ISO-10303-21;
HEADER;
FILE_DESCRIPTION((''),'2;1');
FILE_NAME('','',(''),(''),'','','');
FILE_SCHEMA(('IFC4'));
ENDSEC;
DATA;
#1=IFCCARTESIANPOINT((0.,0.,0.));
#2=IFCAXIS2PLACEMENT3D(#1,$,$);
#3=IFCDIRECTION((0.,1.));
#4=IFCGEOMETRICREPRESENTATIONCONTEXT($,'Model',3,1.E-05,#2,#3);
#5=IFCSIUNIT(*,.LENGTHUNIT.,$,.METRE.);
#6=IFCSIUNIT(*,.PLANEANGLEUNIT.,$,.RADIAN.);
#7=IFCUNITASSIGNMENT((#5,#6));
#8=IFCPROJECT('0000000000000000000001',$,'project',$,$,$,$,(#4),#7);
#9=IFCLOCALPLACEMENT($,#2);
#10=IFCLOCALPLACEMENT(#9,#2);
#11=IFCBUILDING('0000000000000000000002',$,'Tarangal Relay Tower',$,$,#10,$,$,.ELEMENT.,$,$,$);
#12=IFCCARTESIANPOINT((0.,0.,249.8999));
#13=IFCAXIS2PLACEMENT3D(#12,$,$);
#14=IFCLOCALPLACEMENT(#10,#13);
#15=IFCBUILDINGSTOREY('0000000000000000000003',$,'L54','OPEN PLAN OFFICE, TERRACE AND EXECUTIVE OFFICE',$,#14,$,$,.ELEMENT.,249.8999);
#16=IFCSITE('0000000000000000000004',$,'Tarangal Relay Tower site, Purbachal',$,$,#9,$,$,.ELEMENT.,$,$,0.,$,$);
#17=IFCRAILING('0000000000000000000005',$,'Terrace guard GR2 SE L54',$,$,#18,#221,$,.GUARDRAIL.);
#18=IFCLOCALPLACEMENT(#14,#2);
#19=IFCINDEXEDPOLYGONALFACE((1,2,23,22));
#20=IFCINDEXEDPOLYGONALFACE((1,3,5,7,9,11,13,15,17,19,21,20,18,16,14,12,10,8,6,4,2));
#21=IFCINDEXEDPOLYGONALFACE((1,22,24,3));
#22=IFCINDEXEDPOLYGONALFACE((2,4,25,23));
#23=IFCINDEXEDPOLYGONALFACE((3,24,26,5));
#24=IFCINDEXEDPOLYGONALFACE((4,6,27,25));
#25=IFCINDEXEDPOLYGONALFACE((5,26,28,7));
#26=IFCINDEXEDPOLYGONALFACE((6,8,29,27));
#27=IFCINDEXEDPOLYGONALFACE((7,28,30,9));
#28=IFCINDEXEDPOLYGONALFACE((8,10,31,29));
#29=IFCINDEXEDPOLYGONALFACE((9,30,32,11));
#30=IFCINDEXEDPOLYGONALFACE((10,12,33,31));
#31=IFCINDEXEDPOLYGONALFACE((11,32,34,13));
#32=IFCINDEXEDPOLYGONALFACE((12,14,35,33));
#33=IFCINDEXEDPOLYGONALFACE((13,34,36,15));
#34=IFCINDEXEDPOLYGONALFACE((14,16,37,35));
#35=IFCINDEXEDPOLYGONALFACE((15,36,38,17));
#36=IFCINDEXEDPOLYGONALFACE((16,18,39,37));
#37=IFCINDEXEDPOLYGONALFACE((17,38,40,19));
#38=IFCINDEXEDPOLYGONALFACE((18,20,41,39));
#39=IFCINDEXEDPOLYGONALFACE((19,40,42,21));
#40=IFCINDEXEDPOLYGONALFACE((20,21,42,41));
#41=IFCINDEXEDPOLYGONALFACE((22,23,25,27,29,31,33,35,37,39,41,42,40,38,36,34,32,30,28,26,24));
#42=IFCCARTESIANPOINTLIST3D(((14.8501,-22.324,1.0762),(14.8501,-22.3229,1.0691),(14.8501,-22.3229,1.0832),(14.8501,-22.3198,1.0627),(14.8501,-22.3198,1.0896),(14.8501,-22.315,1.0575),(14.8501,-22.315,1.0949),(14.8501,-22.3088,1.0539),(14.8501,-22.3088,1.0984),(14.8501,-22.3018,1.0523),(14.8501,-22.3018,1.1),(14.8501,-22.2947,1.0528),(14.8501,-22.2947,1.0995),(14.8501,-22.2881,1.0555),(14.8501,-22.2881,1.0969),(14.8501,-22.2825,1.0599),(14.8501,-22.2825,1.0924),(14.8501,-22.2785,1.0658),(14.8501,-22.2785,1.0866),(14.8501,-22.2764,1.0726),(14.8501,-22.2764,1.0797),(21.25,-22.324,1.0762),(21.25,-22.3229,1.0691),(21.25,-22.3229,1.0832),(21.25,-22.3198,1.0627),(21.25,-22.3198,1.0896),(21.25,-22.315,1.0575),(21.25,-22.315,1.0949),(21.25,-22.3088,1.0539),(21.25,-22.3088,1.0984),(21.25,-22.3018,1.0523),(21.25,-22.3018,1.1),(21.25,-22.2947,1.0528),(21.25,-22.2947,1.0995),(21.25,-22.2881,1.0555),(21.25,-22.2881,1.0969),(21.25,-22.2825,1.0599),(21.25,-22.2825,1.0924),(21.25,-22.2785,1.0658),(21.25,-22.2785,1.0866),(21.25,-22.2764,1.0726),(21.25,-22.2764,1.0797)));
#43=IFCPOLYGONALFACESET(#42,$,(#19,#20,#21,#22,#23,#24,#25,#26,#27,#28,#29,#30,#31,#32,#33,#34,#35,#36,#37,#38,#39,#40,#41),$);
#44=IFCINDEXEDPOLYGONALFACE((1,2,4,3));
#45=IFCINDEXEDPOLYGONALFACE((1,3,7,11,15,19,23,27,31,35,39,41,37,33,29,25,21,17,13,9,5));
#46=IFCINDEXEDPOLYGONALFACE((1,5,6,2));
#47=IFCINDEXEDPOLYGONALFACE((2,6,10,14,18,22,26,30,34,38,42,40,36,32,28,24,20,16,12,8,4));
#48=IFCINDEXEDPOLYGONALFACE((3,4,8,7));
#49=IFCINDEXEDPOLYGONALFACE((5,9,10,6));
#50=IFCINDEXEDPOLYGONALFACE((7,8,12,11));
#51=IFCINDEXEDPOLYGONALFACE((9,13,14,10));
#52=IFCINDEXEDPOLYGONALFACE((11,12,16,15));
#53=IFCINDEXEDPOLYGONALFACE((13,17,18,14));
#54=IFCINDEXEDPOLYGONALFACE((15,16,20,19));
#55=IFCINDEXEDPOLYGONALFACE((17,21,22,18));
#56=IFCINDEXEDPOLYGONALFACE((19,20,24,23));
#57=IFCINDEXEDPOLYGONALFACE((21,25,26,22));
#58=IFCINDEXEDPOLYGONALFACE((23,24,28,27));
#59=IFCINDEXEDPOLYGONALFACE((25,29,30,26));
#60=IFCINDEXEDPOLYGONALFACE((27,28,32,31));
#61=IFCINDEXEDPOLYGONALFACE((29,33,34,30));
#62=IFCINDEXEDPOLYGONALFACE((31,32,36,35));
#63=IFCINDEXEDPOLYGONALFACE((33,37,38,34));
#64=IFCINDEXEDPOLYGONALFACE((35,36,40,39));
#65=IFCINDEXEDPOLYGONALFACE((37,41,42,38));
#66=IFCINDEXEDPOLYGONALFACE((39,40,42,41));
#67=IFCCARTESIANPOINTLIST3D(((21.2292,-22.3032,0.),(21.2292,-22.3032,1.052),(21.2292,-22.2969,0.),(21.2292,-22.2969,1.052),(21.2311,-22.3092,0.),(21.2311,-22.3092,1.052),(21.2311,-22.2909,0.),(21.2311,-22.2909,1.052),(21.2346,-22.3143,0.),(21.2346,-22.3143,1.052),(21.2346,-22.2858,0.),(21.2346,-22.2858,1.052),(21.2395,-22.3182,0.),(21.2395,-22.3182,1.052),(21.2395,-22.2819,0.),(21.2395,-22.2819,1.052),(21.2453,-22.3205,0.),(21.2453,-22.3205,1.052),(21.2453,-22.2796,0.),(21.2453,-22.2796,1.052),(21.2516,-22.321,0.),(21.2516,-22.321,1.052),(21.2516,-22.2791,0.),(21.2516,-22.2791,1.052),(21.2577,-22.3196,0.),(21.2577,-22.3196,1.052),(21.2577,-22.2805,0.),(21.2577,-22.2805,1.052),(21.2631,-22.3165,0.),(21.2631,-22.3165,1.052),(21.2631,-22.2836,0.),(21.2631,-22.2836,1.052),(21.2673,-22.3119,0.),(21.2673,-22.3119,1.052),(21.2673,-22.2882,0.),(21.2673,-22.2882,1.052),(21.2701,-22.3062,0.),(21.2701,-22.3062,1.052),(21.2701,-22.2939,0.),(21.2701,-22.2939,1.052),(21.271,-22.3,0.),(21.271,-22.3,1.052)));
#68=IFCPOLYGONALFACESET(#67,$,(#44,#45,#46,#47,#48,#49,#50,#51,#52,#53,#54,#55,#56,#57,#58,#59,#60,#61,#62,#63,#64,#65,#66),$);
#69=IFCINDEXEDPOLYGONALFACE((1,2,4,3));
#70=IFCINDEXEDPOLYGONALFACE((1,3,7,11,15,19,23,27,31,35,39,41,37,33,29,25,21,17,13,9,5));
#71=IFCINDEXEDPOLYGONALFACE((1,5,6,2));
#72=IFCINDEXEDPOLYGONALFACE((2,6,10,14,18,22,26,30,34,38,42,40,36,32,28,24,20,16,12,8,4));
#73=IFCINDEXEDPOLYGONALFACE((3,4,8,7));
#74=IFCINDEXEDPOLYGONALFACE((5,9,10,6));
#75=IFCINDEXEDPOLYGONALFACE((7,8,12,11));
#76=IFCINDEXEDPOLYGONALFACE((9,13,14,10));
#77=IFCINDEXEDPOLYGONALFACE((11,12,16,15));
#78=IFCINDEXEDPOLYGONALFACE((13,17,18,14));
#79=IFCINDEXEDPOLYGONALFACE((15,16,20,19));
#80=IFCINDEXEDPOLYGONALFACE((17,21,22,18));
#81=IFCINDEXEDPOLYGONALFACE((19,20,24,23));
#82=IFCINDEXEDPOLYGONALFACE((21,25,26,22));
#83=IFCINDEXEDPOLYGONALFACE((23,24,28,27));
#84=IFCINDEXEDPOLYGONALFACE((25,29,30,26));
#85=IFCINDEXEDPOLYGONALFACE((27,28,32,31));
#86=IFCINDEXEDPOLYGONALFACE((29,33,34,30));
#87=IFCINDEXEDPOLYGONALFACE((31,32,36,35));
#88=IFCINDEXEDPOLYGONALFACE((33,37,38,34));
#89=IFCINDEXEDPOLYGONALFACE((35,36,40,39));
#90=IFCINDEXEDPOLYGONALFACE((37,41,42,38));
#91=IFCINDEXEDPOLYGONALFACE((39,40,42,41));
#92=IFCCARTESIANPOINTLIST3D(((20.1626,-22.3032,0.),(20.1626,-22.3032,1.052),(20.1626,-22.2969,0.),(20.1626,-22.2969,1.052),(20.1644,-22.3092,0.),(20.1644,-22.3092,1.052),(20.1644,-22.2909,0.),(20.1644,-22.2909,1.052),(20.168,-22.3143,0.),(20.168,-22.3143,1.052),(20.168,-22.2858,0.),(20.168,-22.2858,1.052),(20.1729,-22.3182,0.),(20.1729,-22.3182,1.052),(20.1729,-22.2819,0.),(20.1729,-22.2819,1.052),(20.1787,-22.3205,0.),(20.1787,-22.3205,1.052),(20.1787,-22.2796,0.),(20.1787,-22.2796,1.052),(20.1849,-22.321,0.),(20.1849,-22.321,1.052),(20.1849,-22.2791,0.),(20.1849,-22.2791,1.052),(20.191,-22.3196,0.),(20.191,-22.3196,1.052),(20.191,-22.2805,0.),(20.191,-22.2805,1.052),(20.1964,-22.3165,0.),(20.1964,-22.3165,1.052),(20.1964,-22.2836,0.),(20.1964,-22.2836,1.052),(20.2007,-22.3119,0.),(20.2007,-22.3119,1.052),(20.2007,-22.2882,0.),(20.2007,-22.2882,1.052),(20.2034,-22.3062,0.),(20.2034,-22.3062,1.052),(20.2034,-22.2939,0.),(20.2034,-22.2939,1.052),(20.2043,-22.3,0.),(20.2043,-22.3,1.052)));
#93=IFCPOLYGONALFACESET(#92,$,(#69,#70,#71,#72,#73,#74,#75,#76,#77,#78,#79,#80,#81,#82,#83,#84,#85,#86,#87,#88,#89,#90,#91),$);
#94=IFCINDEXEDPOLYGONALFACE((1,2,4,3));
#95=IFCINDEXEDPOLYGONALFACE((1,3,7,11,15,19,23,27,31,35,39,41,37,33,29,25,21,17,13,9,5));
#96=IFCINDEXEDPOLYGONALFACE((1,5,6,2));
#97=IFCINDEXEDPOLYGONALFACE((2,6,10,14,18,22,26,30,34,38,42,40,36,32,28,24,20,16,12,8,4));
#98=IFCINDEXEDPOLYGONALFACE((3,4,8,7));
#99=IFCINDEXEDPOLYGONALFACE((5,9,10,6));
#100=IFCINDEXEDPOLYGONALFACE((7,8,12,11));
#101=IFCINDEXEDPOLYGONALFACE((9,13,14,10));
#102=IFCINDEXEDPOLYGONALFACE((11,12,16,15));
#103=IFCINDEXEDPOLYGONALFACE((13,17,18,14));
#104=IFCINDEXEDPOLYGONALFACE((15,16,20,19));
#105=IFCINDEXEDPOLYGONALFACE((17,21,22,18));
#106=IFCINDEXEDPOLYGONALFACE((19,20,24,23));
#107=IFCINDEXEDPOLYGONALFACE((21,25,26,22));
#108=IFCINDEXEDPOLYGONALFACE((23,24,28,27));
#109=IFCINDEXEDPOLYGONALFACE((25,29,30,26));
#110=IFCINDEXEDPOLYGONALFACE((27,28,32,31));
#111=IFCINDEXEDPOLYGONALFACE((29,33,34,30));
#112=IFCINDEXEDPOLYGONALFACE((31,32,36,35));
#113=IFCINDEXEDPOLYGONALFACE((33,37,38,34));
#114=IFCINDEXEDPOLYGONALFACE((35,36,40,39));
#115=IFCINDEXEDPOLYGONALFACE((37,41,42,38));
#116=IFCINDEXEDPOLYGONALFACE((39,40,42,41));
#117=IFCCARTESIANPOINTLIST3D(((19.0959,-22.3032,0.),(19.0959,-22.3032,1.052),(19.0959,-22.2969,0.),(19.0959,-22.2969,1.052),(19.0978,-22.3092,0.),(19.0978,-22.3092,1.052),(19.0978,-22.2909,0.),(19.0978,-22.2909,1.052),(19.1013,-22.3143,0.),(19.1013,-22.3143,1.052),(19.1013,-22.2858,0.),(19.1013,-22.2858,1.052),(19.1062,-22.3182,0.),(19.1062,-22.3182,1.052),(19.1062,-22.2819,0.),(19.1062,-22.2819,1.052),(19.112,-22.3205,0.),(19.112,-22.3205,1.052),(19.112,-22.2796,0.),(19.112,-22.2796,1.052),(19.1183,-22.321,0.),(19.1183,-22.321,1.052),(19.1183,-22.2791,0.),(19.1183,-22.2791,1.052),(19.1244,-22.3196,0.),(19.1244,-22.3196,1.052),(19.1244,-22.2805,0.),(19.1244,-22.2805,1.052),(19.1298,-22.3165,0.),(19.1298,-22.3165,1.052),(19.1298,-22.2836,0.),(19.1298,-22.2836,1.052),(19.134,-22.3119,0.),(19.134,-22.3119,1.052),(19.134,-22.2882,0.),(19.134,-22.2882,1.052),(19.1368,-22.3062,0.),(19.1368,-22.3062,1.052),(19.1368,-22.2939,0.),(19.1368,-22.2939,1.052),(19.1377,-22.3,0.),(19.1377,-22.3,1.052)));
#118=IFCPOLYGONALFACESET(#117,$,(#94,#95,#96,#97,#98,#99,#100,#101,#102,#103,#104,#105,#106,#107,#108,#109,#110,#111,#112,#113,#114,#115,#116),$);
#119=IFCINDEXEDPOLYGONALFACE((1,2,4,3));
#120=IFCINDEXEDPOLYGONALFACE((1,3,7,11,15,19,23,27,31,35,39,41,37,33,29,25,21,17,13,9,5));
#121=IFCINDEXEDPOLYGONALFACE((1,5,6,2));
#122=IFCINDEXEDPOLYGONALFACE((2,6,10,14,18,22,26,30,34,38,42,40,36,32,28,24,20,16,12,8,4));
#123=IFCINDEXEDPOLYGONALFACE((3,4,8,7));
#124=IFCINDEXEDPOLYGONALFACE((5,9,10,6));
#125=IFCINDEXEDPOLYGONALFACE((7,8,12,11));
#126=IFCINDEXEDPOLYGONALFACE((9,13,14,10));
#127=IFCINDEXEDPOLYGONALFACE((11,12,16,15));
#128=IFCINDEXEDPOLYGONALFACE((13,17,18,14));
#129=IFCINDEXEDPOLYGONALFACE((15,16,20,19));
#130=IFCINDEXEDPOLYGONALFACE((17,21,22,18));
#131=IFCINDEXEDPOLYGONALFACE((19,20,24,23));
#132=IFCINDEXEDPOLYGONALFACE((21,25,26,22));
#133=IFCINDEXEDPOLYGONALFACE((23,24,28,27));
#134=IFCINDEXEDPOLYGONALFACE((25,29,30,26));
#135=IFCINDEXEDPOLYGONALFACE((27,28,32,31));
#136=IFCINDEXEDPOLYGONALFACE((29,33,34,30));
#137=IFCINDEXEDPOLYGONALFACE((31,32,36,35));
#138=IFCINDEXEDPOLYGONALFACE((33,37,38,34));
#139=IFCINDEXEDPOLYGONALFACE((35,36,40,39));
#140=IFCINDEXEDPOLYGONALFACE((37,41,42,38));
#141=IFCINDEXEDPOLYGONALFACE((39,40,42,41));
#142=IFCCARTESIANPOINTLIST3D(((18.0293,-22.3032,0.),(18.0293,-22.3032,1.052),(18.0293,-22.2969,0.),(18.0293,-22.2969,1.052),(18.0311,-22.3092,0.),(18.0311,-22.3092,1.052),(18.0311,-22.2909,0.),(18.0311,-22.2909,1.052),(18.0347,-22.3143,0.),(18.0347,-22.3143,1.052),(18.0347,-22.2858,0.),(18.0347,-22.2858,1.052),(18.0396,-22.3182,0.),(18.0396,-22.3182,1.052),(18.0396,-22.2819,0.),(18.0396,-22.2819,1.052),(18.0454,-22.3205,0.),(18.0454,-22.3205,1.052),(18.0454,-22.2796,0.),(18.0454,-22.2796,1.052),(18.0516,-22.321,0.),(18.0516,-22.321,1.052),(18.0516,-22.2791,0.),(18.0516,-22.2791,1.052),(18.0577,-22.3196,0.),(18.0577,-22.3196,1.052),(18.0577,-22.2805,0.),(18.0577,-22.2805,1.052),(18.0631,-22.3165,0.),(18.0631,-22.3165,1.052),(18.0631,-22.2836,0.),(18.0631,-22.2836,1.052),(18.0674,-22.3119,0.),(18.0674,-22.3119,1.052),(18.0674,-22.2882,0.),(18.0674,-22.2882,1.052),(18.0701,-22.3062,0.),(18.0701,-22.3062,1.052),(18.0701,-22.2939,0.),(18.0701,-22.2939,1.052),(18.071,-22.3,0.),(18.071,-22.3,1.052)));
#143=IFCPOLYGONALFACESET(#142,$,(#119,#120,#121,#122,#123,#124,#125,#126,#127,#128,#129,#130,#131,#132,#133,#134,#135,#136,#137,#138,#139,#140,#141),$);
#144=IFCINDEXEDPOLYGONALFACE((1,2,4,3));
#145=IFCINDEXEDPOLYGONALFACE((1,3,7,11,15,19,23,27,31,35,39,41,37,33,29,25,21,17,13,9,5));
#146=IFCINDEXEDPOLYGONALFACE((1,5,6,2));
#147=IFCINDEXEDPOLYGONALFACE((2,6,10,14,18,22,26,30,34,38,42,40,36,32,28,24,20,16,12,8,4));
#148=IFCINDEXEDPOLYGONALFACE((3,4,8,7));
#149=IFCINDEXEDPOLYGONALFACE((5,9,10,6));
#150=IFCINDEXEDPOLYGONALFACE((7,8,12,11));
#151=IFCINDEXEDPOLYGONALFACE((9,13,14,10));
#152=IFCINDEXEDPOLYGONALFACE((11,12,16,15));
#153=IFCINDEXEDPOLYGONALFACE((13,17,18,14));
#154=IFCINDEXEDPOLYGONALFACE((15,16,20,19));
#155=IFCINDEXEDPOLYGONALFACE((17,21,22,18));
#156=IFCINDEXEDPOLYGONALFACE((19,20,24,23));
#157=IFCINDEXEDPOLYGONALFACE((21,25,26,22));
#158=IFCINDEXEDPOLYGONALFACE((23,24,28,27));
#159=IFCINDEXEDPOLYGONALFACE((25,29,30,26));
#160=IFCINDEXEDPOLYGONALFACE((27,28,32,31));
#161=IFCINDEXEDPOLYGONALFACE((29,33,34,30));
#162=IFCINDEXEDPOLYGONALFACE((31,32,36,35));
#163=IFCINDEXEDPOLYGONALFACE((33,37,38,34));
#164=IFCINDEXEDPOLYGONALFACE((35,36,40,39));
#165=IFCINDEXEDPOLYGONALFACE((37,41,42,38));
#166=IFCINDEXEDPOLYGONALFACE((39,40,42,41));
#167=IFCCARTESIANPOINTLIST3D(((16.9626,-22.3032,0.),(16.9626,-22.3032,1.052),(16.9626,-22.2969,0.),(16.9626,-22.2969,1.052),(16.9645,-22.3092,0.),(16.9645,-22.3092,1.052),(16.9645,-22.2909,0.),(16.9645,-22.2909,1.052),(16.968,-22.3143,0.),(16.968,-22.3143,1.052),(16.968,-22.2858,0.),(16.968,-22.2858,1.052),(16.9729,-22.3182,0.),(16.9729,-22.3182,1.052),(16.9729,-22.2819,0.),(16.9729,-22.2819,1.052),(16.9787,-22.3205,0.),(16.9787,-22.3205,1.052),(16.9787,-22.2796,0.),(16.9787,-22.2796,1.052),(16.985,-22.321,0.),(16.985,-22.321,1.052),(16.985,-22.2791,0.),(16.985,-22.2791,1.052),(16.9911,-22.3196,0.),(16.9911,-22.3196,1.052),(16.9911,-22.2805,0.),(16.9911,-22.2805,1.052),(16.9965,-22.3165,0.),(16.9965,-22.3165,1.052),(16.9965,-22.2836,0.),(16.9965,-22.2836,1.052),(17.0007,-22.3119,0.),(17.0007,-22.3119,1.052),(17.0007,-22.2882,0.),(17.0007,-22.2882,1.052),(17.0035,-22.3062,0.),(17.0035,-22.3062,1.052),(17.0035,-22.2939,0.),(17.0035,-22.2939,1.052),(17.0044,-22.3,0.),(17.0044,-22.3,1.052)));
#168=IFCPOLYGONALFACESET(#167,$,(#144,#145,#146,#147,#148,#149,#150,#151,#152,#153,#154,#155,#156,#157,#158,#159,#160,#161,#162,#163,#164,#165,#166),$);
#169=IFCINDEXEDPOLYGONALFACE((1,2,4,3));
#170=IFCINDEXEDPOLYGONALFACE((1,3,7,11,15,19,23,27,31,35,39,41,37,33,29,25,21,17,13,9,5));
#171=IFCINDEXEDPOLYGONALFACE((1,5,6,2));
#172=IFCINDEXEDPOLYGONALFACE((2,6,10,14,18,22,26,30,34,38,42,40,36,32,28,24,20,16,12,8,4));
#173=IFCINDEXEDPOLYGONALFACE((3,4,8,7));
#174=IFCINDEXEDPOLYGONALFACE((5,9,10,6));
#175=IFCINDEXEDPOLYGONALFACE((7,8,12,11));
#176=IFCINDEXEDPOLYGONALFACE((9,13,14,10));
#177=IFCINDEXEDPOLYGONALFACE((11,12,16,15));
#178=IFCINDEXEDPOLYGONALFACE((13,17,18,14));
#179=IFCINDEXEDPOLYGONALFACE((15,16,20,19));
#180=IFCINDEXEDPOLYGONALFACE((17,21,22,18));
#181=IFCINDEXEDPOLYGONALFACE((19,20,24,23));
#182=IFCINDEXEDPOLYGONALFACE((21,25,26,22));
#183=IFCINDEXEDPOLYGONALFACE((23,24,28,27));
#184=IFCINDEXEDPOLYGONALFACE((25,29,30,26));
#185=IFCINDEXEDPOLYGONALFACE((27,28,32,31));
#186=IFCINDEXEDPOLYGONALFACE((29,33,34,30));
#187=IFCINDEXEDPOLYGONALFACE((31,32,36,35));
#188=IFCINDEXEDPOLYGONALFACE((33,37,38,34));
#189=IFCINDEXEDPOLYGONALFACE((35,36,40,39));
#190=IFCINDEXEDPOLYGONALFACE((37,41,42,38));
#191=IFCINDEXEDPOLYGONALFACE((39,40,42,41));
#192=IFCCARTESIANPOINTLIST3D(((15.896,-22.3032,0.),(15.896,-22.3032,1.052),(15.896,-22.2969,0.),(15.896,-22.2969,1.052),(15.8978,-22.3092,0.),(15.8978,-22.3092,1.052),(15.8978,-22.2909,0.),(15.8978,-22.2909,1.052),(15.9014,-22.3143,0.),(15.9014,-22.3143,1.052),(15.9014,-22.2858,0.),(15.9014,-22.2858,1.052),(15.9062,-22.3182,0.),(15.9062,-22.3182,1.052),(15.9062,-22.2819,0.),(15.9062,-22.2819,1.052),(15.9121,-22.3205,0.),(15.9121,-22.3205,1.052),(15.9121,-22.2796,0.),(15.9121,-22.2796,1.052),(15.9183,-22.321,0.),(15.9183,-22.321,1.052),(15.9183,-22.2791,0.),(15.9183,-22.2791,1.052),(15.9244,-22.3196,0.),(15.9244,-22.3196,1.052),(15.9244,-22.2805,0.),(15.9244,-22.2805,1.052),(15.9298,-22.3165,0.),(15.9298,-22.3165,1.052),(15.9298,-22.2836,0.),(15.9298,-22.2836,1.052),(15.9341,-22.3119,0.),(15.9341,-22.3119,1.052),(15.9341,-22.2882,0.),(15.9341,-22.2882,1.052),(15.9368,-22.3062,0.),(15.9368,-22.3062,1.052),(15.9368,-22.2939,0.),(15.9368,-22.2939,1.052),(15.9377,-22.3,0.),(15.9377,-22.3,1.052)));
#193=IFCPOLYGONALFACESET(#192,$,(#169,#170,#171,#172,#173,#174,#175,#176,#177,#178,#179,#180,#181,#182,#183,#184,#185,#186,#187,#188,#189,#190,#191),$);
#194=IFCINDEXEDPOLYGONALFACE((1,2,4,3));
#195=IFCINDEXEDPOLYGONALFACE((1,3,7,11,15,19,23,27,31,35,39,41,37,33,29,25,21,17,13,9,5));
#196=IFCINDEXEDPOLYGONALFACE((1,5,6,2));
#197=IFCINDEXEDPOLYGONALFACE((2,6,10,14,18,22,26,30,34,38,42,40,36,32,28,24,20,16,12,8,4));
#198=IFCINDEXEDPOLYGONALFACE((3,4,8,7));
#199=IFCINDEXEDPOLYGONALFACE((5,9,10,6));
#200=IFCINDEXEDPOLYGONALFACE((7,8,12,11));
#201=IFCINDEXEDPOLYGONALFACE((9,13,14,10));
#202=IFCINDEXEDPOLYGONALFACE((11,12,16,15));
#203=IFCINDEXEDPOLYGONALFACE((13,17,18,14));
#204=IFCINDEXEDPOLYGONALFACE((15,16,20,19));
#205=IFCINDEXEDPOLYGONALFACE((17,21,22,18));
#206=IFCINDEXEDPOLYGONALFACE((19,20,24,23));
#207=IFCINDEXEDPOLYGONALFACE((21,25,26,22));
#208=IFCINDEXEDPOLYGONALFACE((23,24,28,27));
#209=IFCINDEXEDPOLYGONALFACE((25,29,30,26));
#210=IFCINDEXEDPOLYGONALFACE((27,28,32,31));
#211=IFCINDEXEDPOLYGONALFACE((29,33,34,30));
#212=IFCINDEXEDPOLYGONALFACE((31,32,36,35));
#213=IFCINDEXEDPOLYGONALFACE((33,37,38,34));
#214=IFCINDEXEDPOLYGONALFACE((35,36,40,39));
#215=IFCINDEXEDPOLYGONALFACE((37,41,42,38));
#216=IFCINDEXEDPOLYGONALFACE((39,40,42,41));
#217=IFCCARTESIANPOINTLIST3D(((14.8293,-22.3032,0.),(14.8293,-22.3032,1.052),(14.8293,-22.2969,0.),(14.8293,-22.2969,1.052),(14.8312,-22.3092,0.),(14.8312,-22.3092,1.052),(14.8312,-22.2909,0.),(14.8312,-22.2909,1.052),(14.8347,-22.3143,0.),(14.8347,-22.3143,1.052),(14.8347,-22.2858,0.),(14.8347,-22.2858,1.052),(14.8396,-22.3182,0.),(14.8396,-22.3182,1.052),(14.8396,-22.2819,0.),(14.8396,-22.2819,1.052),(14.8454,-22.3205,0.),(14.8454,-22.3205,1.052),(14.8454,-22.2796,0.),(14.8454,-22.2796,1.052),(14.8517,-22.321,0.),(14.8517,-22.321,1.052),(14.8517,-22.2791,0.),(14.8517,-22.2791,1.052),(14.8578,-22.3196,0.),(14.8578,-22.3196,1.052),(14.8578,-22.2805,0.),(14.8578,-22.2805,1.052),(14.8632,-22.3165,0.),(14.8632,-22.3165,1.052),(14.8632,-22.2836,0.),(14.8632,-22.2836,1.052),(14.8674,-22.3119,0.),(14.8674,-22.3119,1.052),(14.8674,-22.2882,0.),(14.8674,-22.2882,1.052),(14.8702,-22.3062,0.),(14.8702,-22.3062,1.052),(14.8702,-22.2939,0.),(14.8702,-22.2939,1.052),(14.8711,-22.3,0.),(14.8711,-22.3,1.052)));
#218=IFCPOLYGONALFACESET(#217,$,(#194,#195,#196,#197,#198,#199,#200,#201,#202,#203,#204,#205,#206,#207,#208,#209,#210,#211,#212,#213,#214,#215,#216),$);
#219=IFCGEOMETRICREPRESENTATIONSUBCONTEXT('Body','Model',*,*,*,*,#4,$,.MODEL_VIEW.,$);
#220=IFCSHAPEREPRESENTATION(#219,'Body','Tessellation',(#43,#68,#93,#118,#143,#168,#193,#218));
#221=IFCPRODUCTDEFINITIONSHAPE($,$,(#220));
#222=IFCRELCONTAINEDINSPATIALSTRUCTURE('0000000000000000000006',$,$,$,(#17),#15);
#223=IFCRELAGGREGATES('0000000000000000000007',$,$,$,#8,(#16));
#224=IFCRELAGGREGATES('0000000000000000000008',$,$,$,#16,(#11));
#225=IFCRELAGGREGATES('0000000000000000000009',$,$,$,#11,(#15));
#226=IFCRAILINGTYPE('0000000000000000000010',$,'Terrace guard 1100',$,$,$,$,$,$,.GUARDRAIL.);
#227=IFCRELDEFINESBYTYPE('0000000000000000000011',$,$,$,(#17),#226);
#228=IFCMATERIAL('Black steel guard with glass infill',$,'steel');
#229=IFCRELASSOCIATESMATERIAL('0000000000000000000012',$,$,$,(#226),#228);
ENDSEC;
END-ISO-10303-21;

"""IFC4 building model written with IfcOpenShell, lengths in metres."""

from ifc_helpers import new_model, si_unit, direction, frame, origin, origin_2d, place, context, subcontext, project, spatial, circle, extrude, material, type_object, element, save


model = new_model("IFC4")

# Units and contexts
model_context = context("Model", 3, precision=1e-05, world=origin(), true_north=direction((0.0, 1.0)))
body_context = subcontext(model_context, "Body", "Model", "MODEL_VIEW")
ifc_project = project(units=[si_unit("LENGTHUNIT", "METRE"), si_unit("PLANEANGLEUNIT", "RADIAN")], contexts=[model_context])

# Site, building, storey
site_placement = place(None, origin())
site = spatial("IfcSite", under=ifc_project, at=site_placement, Name="Tarangal Relay Tower site, Purbachal", CompositionType="ELEMENT", RefElevation=0.0)
building_placement = place(site_placement, origin())
building = spatial("IfcBuilding", under=site, at=building_placement, Name="Tarangal Relay Tower", CompositionType="ELEMENT")
storey_placement = place(building_placement, frame((0.0, 0.0, 249.8999)))
storey = spatial("IfcBuildingStorey", under=building, at=storey_placement, Name="L54", Description="OPEN PLAN OFFICE, TERRACE AND EXECUTIVE OFFICE", CompositionType="ELEMENT", Elevation=249.8999)

# Railing
ifc_material_1 = material(Name="Black steel guard with glass infill", Category="steel")
railing_type = type_object("IfcRailingType", Name="Terrace guard 1100", PredefinedType="GUARDRAIL", material=ifc_material_1)
railing_1_placement = place(storey_placement, frame((21.25, -22.3, 0.0)))
element("IfcRailing", 1, at=railing_1_placement, inside=storey, type_object=railing_type, Name="Terrace guard GR2 SE L54", PredefinedType="GUARDRAIL", context=body_context, shape_type="SweptSolid", body=[
    extrude(circle(Radius=0.0239, at=origin_2d()), frame((0.0, 0.0, 1.0762), z_axis=(-1.0, 0.0, 0.0), x_axis=(0.0, -1.0, 0.0)), (0.0, 0.0, 1.0), 6.3999),
    extrude(circle(Radius=0.021, at=origin_2d()), origin(), (0.0, 0.0, 1.0), 1.052),
    extrude(circle(Radius=0.021, at=origin_2d()), frame((-1.0667, 0.0, 0.0)), (0.0, 0.0, 1.0), 1.052),
    extrude(circle(Radius=0.021, at=origin_2d()), frame((-2.1333, 0.0, 0.0)), (0.0, 0.0, 1.0), 1.052),
    extrude(circle(Radius=0.021, at=origin_2d()), frame((-3.2, 0.0, 0.0)), (0.0, 0.0, 1.0), 1.052),
    extrude(circle(Radius=0.021, at=origin_2d()), frame((-4.2666, 0.0, 0.0)), (0.0, 0.0, 1.0), 1.052),
    extrude(circle(Radius=0.021, at=origin_2d()), frame((-5.3333, 0.0, 0.0)), (0.0, 0.0, 1.0), 1.052),
    extrude(circle(Radius=0.021, at=origin_2d()), frame((-6.3999, 0.0, 0.0)), (0.0, 0.0, 1.0), 1.052),
])

save(model, "model.ifc")
